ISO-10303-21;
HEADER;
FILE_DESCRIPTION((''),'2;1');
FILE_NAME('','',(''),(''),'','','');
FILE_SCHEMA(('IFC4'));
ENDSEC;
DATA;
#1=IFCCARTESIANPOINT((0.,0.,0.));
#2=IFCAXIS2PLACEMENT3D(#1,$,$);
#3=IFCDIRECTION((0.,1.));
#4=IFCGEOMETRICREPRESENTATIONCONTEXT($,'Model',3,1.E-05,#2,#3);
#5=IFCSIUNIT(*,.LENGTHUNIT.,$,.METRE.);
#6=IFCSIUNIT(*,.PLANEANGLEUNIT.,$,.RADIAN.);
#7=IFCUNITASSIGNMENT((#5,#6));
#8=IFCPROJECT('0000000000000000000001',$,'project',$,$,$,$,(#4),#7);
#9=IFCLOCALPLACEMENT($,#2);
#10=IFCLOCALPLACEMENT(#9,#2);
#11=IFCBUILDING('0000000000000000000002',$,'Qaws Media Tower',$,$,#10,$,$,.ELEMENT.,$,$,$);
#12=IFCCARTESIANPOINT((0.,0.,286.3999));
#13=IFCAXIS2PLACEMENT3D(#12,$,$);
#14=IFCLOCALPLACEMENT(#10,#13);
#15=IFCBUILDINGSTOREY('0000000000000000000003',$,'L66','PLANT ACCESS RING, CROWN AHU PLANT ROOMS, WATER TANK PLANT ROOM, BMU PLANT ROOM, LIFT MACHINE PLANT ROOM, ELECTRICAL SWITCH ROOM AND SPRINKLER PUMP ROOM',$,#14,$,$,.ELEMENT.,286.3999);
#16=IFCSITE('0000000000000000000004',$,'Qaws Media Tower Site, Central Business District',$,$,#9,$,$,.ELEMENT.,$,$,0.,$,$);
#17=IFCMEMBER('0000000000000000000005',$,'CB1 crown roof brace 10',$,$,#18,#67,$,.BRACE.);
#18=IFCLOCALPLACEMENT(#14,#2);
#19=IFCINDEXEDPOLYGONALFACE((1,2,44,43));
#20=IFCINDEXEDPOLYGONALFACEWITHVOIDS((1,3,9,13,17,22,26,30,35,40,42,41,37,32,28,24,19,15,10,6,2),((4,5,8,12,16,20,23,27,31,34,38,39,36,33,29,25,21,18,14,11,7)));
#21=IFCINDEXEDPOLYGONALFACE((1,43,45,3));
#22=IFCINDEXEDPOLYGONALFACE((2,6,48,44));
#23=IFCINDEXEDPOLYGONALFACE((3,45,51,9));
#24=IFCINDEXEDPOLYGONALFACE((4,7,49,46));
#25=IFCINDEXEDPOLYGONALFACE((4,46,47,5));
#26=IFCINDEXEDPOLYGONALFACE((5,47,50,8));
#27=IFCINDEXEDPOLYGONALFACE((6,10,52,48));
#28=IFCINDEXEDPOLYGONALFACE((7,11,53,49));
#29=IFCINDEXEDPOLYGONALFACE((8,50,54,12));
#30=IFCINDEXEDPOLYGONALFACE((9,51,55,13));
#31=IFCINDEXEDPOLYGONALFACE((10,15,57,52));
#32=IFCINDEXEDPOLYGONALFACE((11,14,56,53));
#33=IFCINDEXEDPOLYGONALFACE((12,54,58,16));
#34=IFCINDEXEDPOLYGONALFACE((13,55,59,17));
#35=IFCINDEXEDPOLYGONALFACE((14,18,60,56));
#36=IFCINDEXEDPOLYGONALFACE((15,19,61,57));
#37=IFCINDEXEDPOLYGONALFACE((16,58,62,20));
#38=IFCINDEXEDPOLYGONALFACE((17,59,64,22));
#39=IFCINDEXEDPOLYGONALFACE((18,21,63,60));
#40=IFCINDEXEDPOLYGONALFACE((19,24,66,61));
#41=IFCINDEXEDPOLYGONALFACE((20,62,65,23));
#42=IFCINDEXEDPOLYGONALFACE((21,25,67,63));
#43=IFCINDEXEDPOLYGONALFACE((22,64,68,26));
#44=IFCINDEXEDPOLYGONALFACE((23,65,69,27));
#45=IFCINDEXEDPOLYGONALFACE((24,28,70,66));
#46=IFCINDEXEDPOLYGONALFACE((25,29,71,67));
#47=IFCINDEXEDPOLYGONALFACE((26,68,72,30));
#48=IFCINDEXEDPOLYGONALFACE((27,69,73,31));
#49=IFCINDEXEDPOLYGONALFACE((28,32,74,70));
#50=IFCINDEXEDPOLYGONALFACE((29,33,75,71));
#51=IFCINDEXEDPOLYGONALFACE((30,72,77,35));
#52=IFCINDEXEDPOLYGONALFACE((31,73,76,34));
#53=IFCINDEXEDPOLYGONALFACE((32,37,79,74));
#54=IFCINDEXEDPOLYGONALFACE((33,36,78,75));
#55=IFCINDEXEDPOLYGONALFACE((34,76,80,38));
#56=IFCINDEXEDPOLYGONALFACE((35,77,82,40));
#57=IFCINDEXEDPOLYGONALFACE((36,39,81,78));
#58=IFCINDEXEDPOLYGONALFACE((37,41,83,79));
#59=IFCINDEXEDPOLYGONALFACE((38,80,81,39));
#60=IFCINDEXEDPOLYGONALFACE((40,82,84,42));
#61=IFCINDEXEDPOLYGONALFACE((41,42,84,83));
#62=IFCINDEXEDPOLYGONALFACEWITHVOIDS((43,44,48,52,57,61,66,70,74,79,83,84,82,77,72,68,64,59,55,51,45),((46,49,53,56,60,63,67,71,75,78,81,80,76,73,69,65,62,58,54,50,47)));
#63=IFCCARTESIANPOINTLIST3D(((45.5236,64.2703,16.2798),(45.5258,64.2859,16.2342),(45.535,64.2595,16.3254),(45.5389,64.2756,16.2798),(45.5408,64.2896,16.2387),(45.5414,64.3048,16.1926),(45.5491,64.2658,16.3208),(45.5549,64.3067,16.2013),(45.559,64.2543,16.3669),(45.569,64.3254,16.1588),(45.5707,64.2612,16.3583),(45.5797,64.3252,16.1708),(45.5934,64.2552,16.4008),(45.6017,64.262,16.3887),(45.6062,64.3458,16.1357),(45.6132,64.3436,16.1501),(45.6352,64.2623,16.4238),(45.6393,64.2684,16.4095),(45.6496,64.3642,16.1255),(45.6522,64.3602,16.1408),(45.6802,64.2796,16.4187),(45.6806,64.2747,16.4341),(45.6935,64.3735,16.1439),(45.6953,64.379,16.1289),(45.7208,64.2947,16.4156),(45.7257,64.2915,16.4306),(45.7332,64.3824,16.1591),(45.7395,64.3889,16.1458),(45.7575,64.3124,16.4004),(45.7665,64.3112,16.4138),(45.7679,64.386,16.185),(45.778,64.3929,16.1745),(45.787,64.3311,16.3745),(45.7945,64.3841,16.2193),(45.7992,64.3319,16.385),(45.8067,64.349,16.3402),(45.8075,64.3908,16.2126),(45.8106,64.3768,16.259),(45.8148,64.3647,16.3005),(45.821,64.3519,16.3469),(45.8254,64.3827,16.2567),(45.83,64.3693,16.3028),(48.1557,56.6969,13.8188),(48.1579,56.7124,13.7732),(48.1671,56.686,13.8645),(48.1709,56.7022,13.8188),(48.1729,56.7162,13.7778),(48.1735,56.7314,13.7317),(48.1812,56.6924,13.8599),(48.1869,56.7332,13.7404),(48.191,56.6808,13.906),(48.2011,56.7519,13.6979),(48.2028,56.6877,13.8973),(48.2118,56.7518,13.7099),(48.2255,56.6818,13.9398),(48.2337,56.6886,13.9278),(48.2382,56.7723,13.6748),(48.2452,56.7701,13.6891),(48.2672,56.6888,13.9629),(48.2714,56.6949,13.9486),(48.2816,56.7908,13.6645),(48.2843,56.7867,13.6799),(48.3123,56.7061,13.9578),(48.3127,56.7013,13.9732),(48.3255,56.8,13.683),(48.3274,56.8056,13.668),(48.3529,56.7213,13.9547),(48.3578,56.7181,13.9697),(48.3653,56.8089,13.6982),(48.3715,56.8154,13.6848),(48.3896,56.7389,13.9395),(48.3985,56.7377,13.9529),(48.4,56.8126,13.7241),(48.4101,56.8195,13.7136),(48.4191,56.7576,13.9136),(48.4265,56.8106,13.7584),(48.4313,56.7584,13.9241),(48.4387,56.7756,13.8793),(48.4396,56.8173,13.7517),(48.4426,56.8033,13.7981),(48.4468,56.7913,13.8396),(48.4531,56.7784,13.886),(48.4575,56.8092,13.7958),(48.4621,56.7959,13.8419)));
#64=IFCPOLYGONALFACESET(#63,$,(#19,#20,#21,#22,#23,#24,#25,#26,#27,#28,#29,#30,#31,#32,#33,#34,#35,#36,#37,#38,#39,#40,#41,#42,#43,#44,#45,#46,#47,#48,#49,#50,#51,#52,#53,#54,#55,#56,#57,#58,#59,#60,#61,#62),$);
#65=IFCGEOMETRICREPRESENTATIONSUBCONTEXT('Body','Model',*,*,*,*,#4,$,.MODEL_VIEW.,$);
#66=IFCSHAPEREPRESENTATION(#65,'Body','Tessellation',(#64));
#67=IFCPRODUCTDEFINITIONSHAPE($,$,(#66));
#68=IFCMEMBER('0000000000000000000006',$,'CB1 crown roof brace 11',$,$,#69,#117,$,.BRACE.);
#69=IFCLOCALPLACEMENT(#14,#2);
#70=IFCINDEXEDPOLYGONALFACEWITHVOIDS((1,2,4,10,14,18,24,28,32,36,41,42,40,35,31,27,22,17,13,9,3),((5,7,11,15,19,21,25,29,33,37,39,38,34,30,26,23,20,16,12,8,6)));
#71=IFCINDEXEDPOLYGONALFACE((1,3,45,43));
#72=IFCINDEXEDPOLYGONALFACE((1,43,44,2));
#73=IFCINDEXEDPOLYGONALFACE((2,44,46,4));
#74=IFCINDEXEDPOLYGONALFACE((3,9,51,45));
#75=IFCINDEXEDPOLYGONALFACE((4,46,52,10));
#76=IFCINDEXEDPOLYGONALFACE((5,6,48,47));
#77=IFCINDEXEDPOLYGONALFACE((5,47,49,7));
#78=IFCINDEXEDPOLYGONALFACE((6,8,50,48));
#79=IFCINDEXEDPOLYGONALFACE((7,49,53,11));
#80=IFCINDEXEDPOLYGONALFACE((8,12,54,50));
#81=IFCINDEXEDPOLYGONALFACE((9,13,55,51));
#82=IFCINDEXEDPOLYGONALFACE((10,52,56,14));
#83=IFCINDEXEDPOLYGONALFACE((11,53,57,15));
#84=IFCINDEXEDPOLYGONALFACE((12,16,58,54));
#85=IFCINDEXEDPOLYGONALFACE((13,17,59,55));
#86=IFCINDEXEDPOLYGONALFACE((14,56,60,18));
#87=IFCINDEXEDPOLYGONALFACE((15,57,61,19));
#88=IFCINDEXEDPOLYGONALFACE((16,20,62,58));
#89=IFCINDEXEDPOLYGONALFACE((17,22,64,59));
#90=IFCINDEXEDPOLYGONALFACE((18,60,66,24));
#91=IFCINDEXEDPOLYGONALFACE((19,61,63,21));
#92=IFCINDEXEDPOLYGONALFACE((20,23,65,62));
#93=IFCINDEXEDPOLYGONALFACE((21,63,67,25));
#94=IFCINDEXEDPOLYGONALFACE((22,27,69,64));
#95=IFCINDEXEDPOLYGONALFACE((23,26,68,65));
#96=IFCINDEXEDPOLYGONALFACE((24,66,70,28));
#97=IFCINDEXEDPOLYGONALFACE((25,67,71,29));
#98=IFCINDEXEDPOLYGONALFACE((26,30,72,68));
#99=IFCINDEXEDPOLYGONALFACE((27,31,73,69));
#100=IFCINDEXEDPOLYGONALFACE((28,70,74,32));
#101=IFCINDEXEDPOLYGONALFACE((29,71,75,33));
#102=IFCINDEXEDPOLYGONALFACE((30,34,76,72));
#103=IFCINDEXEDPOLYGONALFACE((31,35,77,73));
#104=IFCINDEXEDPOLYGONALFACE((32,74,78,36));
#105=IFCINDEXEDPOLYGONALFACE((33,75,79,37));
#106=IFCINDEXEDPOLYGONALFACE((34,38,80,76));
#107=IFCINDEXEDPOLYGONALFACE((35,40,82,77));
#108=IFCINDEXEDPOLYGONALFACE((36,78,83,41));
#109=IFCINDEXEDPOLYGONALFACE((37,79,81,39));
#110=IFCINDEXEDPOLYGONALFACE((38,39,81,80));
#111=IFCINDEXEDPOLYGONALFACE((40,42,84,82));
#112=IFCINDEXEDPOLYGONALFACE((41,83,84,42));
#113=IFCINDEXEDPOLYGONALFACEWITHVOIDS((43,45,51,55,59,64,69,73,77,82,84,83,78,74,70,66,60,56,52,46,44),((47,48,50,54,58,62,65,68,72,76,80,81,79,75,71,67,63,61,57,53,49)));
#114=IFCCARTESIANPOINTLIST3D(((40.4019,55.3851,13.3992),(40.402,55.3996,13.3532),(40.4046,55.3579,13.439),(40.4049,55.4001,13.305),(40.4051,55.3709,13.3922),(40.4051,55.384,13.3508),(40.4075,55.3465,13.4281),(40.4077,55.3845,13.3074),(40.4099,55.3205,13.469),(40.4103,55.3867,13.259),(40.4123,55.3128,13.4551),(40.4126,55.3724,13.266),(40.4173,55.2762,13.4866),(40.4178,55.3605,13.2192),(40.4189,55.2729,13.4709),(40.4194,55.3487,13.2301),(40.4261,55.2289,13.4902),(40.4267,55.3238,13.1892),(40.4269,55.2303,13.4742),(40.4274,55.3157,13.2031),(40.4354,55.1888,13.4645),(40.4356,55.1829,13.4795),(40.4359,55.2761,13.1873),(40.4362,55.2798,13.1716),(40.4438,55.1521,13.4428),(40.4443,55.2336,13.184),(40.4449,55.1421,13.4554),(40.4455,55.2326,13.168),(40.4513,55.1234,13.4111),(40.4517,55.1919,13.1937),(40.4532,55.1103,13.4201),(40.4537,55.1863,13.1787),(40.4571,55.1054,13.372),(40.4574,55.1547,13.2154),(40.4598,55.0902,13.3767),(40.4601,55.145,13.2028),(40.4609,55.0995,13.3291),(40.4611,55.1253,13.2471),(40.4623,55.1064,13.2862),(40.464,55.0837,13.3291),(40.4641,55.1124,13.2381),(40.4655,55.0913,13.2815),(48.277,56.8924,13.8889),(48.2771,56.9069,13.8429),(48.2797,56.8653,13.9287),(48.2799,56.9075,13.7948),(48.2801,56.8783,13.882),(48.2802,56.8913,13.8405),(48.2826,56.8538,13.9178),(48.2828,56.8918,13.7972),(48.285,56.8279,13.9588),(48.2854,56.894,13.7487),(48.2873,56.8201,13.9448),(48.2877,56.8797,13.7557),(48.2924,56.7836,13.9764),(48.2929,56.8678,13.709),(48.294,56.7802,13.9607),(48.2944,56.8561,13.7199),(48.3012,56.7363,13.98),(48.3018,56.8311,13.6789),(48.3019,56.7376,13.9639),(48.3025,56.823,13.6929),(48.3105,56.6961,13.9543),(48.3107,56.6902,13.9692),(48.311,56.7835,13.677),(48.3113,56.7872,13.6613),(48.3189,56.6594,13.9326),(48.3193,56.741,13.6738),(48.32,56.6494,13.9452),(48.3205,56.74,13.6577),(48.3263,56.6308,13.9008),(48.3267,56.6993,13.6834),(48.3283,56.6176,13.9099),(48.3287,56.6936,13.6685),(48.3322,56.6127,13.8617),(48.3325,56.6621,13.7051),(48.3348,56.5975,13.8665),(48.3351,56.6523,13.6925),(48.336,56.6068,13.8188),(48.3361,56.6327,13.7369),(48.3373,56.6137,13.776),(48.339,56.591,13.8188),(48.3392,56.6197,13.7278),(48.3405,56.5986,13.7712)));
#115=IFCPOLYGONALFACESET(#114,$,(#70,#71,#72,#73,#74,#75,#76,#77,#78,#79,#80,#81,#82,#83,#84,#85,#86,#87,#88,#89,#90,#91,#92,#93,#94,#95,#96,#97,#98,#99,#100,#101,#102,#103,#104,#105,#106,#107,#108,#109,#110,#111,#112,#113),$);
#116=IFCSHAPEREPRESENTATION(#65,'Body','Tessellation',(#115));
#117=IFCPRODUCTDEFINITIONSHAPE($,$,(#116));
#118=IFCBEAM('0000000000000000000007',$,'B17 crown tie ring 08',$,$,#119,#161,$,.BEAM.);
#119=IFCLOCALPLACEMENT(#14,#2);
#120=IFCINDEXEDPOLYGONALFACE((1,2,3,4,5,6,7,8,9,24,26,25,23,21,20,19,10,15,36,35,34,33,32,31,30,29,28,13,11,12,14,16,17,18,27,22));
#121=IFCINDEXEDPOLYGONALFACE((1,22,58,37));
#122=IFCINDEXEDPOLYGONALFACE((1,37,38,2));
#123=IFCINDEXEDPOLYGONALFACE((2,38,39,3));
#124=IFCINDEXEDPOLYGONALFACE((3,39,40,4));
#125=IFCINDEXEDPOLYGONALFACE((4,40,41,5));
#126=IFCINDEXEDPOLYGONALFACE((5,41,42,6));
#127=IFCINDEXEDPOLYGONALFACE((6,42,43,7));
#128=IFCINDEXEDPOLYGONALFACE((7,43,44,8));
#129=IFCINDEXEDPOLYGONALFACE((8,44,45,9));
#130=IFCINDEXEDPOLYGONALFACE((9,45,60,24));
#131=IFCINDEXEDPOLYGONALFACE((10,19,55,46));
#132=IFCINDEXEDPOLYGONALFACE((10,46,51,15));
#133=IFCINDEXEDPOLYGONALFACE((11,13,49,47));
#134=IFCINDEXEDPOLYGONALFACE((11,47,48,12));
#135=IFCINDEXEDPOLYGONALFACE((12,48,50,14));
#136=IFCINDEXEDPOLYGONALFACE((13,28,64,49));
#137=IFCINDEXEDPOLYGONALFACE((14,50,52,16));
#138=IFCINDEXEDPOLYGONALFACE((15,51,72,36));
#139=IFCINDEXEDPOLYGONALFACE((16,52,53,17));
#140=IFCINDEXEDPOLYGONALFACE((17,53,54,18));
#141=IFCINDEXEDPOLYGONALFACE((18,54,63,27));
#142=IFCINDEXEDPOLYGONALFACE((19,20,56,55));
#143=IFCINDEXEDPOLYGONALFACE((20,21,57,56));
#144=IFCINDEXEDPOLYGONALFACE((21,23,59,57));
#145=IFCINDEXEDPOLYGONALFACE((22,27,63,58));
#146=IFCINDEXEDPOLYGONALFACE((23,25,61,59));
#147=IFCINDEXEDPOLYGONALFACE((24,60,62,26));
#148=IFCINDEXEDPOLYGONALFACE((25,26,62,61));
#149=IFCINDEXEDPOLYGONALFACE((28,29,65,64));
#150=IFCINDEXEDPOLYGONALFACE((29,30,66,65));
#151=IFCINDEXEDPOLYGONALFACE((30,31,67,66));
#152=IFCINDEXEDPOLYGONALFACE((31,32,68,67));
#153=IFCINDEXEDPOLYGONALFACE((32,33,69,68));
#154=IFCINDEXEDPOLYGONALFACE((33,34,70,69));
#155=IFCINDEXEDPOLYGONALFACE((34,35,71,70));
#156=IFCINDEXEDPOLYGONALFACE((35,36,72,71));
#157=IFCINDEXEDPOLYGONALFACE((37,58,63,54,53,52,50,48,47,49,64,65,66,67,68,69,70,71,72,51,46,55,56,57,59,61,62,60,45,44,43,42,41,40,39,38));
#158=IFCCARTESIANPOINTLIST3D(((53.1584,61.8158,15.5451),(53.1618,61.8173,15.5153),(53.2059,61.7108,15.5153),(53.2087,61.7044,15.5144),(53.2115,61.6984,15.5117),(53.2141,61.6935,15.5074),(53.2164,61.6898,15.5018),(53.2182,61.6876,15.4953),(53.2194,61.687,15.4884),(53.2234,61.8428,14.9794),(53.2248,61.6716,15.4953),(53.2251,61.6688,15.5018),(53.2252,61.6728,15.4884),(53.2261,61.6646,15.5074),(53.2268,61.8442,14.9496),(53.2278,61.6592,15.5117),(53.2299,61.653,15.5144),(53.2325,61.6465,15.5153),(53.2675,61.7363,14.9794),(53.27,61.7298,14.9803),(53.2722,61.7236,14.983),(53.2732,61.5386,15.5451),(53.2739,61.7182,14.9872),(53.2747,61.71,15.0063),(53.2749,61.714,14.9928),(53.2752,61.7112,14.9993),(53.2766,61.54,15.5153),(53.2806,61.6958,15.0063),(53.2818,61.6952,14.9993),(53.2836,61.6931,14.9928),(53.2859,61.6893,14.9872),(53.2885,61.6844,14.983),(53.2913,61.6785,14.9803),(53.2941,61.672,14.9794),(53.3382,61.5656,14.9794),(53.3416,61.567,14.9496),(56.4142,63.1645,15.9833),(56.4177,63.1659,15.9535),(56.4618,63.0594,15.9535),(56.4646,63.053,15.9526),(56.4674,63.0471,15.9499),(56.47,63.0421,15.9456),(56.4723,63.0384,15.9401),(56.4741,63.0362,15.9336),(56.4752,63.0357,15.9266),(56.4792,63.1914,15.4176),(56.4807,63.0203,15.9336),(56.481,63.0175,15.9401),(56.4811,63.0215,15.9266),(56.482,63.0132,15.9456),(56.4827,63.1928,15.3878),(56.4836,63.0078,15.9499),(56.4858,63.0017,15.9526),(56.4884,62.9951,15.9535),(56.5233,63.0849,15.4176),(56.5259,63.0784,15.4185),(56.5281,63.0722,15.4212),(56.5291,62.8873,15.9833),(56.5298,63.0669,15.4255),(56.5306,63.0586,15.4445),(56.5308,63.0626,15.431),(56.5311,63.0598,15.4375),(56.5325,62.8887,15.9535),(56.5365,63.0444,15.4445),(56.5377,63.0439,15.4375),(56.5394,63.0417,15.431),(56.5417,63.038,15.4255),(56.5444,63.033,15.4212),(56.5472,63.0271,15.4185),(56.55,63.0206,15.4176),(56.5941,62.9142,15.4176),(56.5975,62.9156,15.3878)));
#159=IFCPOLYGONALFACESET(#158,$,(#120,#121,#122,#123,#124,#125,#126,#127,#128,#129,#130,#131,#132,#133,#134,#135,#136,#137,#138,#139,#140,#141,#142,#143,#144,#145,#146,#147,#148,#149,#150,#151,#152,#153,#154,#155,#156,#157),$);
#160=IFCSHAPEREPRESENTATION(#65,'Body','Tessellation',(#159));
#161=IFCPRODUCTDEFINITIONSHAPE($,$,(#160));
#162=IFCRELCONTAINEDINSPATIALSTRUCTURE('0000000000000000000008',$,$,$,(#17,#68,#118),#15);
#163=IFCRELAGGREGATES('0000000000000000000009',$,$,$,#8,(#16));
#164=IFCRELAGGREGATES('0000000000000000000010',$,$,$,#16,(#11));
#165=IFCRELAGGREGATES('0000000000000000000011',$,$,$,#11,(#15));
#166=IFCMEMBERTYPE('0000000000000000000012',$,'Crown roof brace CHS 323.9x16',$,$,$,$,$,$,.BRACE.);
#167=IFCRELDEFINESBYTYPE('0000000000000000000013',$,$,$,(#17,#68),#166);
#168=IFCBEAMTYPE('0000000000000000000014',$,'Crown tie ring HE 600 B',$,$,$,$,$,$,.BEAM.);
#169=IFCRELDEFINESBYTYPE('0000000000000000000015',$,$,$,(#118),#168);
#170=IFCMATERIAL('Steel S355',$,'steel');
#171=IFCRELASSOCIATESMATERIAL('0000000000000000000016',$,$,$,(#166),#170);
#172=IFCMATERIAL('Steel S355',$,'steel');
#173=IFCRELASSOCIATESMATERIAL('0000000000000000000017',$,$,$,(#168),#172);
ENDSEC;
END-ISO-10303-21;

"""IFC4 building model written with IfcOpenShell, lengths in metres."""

from ifc_helpers import new_model, si_unit, direction, frame, origin, origin_2d, place, context, subcontext, project, spatial, hollow_circle, i_section, extrude, material, material_profile, profile_set, type_object, element, save


model = new_model("IFC4")

# Units and contexts
model_context = context("Model", 3, precision=1e-05, world=origin(), true_north=direction((0.0, 1.0)))
body_context = subcontext(model_context, "Body", "Model", "MODEL_VIEW")
ifc_project = project(units=[si_unit("LENGTHUNIT", "METRE"), si_unit("PLANEANGLEUNIT", "RADIAN")], contexts=[model_context])

# Site, building, storey
site_placement = place(None, origin())
site = spatial("IfcSite", under=ifc_project, at=site_placement, Name="Qaws Media Tower Site, Central Business District", CompositionType="ELEMENT", RefElevation=0.0)
building_placement = place(site_placement, origin())
building = spatial("IfcBuilding", under=site, at=building_placement, Name="Qaws Media Tower", CompositionType="ELEMENT")
storey_placement = place(building_placement, frame((0.0, 0.0, 286.3999)))
storey = spatial("IfcBuildingStorey", under=building, at=storey_placement, Name="L66", Description="PLANT ACCESS RING, CROWN AHU PLANT ROOMS, WATER TANK PLANT ROOM, BMU PLANT ROOM, LIFT MACHINE PLANT ROOM, ELECTRICAL SWITCH ROOM AND SPRINKLER PUMP ROOM", CompositionType="ELEMENT", Elevation=286.3999)

# Members
ifc_material_1 = material(Name="Steel S355", Category="steel")
ifc_material_profile_1 = material_profile(ifc_material_1, hollow_circle(Radius=0.1619, WallThickness=0.0161, at=origin_2d()), Name="CHS 323.9x16")
ifc_profile_set_1 = profile_set([ifc_material_profile_1], Name="Steel S355")
member_type = type_object("IfcMemberType", Name="Crown roof brace CHS 323.9x16", PredefinedType="BRACE", material=ifc_profile_set_1)
member_1_placement = place(storey_placement, frame((48.3086, 56.75, 13.8188), z_axis=(-0.313829, 0.903003, 0.293423), x_axis=(-0.944581, -0.328279, 0.0)))
element("IfcMember", 1, at=member_1_placement, inside=storey, type_object=member_type, Name="CB1 crown roof brace 10", PredefinedType="BRACE", context=body_context, shape_type="SweptSolid", body=[
    extrude(hollow_circle(Radius=0.1619, WallThickness=0.0161, at=origin_2d()), origin(), (0.0, 0.0, 1.0), 8.387),
])
member_2_placement = place(storey_placement, frame((48.3086, 56.75, 13.8188), z_axis=(-0.980343, -0.187644, -0.060968), x_axis=(0.187994, -0.98217, 0.0)))
element("IfcMember", 2, at=member_2_placement, inside=storey, type_object=member_type, Name="CB1 crown roof brace 11", PredefinedType="BRACE", context=body_context, shape_type="SweptSolid", body=[
    extrude(hollow_circle(Radius=0.1619, WallThickness=0.0161, at=origin_2d()), origin(), (0.0, 0.0, 1.0), 8.033),
])

# Beam
ifc_material_2 = material(Name="Steel S355", Category="steel")
ifc_material_profile_2 = material_profile(ifc_material_2, i_section(OverallWidth=0.3, OverallDepth=0.6001, WebThickness=0.0154, FlangeThickness=0.03, FilletRadius=0.0271, at=origin_2d()), Name="HE 600 B")
ifc_profile_set_2 = profile_set([ifc_material_profile_2], Name="Steel S355")
beam_type_1 = type_object("IfcBeamType", Name="Crown tie ring HE 600 B", PredefinedType="BEAM", material=ifc_profile_set_2)
beam_1_placement = place(storey_placement, frame((56.5059, 63.04, 15.6855), z_axis=(-0.916817, -0.379761, -0.123402), x_axis=(0.382686, -0.923878, 0.0)))
element("IfcBeam", 3, at=beam_1_placement, inside=storey, type_object=beam_type_1, Name="B17 crown tie ring 08", PredefinedType="BEAM", context=body_context, shape_type="SweptSolid", body=[
    extrude(i_section(OverallWidth=0.3, OverallDepth=0.6001, WebThickness=0.0154, FlangeThickness=0.03, FilletRadius=0.0271, at=origin_2d()), origin(), (0.0, 0.0, 1.0), 3.5513),
])

save(model, "model.ifc")
